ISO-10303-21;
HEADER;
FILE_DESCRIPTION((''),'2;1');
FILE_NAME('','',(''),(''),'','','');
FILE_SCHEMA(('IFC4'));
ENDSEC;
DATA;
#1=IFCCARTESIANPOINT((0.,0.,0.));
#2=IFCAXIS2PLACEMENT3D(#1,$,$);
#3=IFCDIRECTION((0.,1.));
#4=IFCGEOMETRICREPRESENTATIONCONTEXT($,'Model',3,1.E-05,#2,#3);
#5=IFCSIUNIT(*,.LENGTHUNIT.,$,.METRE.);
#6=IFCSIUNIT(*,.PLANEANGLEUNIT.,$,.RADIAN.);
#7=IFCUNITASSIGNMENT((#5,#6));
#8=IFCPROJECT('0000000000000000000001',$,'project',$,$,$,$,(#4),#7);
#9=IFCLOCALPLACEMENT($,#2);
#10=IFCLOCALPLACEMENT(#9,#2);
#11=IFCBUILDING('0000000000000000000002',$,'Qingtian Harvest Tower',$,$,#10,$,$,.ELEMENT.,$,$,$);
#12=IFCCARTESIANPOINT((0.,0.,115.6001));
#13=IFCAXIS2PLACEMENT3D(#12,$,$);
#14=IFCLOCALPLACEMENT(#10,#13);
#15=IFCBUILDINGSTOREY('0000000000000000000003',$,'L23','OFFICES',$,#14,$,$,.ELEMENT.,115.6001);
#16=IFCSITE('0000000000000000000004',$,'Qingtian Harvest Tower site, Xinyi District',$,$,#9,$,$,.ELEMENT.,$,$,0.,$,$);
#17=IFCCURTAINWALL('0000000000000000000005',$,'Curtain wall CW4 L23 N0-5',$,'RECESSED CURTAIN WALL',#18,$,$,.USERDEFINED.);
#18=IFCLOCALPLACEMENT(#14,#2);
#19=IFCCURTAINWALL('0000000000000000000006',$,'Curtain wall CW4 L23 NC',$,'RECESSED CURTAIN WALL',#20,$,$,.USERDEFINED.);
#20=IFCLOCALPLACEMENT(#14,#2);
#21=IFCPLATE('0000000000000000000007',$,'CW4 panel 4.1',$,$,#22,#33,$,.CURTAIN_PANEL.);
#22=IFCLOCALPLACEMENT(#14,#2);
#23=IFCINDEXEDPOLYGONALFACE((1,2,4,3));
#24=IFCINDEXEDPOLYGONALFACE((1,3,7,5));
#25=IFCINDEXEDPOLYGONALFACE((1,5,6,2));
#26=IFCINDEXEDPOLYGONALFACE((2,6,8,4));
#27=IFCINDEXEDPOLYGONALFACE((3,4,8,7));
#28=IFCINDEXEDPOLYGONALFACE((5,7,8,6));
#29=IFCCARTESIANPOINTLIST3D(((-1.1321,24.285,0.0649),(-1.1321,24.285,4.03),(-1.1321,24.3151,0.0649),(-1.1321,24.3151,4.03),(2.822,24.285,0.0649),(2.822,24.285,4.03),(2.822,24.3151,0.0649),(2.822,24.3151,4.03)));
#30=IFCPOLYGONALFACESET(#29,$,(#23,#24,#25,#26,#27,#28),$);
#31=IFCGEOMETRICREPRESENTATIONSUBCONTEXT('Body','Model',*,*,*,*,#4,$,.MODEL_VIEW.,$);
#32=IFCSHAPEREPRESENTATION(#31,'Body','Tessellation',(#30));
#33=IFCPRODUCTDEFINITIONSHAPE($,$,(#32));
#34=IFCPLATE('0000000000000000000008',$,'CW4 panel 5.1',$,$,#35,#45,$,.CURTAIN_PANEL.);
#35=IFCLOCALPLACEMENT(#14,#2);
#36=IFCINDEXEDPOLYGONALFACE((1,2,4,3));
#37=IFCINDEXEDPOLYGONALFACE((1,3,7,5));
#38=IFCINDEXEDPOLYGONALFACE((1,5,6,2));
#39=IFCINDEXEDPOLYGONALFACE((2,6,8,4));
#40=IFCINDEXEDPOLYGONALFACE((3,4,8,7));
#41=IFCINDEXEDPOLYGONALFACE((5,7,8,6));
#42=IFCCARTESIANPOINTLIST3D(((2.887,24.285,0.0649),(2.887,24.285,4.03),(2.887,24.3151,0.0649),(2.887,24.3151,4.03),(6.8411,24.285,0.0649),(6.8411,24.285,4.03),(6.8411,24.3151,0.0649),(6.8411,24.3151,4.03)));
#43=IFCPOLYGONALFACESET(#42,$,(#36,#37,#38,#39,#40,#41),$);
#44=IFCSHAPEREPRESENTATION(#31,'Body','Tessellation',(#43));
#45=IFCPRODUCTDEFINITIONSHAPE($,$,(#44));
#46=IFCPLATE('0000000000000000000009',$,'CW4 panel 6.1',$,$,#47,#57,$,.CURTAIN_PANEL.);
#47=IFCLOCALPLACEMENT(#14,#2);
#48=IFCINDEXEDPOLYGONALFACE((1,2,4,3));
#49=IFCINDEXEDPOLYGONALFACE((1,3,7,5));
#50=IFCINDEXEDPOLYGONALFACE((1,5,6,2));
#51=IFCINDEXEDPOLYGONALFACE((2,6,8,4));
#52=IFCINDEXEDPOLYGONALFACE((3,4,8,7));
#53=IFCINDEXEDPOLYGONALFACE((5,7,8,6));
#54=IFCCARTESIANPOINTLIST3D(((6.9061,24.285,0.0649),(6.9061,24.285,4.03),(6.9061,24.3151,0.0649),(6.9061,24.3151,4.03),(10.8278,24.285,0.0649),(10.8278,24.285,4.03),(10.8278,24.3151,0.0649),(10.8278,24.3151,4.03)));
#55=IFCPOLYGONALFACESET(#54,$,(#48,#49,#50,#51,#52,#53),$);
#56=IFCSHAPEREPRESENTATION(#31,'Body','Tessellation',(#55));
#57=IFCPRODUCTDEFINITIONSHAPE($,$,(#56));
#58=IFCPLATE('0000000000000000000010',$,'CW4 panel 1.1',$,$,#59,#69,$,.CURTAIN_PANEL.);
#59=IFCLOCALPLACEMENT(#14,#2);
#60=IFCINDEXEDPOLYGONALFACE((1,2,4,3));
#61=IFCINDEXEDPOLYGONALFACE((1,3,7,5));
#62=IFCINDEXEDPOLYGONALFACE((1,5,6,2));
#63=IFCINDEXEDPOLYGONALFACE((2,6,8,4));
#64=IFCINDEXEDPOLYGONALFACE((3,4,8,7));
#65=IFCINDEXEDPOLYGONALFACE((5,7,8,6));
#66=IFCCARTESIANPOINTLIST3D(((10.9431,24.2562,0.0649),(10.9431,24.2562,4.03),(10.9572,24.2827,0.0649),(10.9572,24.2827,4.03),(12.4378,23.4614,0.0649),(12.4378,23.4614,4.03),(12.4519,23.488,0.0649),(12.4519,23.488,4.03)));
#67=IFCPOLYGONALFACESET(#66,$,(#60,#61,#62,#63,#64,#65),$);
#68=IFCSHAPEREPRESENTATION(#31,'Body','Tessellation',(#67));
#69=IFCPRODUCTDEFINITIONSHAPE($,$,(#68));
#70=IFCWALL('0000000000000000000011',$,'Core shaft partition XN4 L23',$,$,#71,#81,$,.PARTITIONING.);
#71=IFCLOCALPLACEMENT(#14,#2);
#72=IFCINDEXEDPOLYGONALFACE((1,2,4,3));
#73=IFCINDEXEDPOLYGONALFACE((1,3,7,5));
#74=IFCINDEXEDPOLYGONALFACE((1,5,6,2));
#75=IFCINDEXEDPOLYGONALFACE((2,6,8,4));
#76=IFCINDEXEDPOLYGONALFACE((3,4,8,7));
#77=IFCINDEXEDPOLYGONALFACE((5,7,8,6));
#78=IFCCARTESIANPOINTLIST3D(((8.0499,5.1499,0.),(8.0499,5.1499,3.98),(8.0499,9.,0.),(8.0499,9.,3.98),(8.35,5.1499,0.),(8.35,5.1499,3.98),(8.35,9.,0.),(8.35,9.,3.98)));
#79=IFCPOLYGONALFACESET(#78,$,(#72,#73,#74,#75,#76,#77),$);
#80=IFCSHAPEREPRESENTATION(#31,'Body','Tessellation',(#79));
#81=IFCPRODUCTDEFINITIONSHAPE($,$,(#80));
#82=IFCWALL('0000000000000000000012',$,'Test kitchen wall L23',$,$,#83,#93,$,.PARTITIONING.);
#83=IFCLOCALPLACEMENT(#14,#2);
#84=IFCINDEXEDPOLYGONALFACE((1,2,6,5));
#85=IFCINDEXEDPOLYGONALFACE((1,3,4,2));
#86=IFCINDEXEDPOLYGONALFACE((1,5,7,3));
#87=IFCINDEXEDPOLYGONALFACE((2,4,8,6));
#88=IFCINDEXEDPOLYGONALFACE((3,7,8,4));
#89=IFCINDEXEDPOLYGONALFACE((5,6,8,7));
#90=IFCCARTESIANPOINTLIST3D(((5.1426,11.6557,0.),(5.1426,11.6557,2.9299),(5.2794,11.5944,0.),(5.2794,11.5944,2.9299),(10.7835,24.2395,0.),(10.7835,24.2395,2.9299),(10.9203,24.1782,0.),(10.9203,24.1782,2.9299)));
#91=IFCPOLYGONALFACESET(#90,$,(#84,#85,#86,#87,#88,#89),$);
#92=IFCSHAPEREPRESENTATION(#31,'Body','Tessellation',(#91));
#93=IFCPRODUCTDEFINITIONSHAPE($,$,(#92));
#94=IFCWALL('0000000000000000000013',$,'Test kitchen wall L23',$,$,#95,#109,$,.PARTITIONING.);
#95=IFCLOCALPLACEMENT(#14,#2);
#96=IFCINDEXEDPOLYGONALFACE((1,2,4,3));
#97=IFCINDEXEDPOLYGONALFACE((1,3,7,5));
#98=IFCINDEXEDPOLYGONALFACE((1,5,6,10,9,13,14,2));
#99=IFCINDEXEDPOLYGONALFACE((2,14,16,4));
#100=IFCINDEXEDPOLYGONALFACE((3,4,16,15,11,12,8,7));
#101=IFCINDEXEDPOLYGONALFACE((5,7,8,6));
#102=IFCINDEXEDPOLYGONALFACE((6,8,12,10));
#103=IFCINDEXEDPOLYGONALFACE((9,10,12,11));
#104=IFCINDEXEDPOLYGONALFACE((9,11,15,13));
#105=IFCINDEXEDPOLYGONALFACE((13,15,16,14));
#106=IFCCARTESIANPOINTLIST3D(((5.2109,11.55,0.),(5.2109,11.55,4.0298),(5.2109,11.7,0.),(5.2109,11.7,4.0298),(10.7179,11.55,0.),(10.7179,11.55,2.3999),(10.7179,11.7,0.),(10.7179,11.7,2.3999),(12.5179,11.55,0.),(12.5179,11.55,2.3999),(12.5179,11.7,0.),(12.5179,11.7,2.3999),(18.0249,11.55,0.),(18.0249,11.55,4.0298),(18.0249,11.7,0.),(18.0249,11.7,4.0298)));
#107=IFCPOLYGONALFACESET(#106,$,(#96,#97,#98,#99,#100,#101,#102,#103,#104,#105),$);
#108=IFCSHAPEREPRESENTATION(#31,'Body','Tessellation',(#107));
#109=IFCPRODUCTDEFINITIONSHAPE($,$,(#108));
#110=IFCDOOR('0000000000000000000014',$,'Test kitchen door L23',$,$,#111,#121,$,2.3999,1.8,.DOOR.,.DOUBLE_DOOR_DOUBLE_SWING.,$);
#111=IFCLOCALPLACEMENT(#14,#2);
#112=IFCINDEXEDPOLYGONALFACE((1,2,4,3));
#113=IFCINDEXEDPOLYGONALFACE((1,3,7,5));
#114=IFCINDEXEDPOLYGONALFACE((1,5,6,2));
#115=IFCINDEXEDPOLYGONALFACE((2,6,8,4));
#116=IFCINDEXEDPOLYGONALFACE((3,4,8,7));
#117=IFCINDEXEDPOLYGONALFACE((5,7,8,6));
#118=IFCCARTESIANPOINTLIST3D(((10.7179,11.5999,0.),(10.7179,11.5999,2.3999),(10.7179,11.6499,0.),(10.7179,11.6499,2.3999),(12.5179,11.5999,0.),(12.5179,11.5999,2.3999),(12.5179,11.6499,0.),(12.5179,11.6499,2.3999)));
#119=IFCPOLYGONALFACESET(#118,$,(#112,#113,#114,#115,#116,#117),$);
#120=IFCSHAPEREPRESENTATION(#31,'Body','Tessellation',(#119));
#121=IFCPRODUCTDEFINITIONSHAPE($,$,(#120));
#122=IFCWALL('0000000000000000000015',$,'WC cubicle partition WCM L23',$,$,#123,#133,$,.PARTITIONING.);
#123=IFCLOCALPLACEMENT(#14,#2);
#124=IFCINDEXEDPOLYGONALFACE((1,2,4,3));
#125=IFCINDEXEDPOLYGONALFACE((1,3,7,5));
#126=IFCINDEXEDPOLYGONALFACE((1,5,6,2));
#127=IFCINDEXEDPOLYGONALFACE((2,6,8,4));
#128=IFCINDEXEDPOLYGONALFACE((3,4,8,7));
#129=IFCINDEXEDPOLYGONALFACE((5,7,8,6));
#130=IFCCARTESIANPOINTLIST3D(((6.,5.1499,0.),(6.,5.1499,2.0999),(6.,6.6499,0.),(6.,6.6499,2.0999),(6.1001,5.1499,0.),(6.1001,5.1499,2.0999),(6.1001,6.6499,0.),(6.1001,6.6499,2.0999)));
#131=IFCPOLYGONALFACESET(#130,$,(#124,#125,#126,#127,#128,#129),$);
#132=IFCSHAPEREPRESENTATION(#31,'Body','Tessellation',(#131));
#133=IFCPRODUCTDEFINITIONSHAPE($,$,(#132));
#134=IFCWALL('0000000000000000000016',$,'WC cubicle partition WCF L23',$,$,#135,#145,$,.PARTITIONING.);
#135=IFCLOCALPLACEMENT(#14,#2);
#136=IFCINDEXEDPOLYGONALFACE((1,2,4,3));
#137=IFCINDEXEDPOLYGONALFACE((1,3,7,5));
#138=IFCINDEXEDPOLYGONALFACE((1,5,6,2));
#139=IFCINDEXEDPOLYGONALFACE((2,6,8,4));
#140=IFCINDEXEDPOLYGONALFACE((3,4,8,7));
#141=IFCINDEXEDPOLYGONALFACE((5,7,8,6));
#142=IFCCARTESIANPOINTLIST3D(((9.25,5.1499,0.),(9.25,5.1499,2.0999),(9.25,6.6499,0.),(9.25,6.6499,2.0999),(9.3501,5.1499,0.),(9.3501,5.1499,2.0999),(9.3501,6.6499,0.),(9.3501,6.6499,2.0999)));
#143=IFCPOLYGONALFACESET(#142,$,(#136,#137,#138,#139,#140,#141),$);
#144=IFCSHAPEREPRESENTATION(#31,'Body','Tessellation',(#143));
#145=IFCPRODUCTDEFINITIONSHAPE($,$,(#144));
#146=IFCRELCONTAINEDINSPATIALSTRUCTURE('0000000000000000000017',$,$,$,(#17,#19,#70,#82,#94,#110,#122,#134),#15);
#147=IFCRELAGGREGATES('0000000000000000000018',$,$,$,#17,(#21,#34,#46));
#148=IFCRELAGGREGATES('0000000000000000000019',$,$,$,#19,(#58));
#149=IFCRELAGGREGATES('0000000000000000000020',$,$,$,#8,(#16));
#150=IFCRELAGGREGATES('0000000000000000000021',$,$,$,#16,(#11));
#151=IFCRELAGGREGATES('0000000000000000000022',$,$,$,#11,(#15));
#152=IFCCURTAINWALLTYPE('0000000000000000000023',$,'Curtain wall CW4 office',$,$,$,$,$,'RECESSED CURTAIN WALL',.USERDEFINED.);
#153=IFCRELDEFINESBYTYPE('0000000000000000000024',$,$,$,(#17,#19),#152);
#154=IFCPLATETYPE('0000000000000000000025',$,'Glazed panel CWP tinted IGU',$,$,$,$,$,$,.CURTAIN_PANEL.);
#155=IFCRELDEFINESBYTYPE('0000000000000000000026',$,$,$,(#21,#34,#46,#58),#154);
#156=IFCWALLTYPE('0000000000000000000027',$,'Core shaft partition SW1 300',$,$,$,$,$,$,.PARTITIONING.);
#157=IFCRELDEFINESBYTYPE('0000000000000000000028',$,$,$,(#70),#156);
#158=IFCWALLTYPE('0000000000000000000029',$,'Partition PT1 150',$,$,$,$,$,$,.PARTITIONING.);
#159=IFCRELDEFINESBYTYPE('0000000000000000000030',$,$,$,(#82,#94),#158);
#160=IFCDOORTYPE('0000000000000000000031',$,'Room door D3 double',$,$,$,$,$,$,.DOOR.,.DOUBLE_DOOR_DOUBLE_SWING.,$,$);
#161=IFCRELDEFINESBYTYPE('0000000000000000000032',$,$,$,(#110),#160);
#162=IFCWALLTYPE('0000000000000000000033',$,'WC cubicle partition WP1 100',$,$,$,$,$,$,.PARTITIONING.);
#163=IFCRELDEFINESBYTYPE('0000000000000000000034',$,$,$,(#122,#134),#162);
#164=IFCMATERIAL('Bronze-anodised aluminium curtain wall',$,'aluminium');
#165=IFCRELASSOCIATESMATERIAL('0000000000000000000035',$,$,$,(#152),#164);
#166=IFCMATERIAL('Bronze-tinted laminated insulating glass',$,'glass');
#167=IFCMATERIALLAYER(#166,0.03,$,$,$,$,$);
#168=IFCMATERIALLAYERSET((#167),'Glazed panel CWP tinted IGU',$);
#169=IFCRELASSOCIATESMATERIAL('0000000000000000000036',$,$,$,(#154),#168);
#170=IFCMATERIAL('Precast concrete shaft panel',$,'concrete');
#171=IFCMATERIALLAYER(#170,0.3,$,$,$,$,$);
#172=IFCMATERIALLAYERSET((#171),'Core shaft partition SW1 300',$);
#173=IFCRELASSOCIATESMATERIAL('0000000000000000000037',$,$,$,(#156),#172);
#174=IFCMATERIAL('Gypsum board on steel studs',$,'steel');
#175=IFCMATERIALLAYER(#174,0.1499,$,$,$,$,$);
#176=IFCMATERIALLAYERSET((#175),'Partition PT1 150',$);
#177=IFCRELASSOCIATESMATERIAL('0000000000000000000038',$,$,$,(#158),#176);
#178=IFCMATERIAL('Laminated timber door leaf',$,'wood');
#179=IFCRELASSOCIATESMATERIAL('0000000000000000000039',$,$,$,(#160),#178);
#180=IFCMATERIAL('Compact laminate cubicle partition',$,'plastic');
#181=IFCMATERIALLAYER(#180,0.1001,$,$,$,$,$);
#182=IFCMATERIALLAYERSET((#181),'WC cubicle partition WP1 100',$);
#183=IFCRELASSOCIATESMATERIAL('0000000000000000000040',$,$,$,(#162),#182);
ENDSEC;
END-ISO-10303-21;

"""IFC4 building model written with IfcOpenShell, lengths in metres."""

from ifc_helpers import new_model, si_unit, direction, frame, frame_2d, origin, origin_2d, place, context, subcontext, project, spatial, rectangle, extrude, material, layer, layer_set, type_object, element, fill, aggregate, save


model = new_model("IFC4")

# Units and contexts
model_context = context("Model", 3, precision=1e-05, world=origin(), true_north=direction((0.0, 1.0)))
body_context = subcontext(model_context, "Body", "Model", "MODEL_VIEW")
ifc_project = project(units=[si_unit("LENGTHUNIT", "METRE"), si_unit("PLANEANGLEUNIT", "RADIAN")], contexts=[model_context])

# Site, building, storey
site_placement = place(None, origin())
site = spatial("IfcSite", under=ifc_project, at=site_placement, Name="Qingtian Harvest Tower site, Xinyi District", CompositionType="ELEMENT", RefElevation=0.0)
building_placement = place(site_placement, origin())
building = spatial("IfcBuilding", under=site, at=building_placement, Name="Qingtian Harvest Tower", CompositionType="ELEMENT")
storey_placement = place(building_placement, frame((0.0, 0.0, 115.6001)))
storey = spatial("IfcBuildingStorey", under=building, at=storey_placement, Name="L23", Description="OFFICES", CompositionType="ELEMENT", Elevation=115.6001)

# Curtain walls
ifc_material_1 = material(Name="Bronze-anodised aluminium curtain wall", Category="aluminium")
curtain_wall_type = type_object("IfcCurtainWallType", Name="Curtain wall CW4 office", ElementType="RECESSED CURTAIN WALL", PredefinedType="USERDEFINED", material=ifc_material_1)
curtain_wall_1_placement = place(storey_placement, origin())
curtain_wall_1 = element("IfcCurtainWall", 1, at=curtain_wall_1_placement, inside=storey, type_object=curtain_wall_type, Name="Curtain wall CW4 L23 N0-5", ObjectType="RECESSED CURTAIN WALL", PredefinedType="USERDEFINED")
curtain_wall_2_placement = place(storey_placement, origin())
curtain_wall_2 = element("IfcCurtainWall", 2, at=curtain_wall_2_placement, inside=storey, type_object=curtain_wall_type, Name="Curtain wall CW4 L23 NC", ObjectType="RECESSED CURTAIN WALL", PredefinedType="USERDEFINED")

# Plates
ifc_material_2 = material(Name="Bronze-tinted laminated insulating glass", Category="glass")
ifc_layer_1 = layer(ifc_material_2, 0.03)
ifc_layer_set_1 = layer_set([ifc_layer_1], Name="Glazed panel CWP tinted IGU")
plate_type = type_object("IfcPlateType", Name="Glazed panel CWP tinted IGU", PredefinedType="CURTAIN_PANEL", material=ifc_layer_set_1)
plate_1_placement = place(storey_placement, frame((0.845, 24.3, 0.0649), z_axis=(0.0, 0.0, 1.0), x_axis=(1.0, 0.0, 0.0)))
plate_1 = element("IfcPlate", 3, at=plate_1_placement, type_object=plate_type, Name="CW4 panel 4.1", PredefinedType="CURTAIN_PANEL", context=body_context, shape_type="SweptSolid", body=[
    extrude(rectangle(XDim=3.9541, YDim=0.03, at=origin_2d()), origin(), (0.0, 0.0, 1.0), 3.9651),
])
plate_2_placement = place(storey_placement, frame((4.864, 24.3, 0.0649), z_axis=(0.0, 0.0, 1.0), x_axis=(1.0, 0.0, 0.0)))
plate_2 = element("IfcPlate", 4, at=plate_2_placement, type_object=plate_type, Name="CW4 panel 5.1", PredefinedType="CURTAIN_PANEL", context=body_context, shape_type="SweptSolid", body=[
    extrude(rectangle(XDim=3.9541, YDim=0.03, at=origin_2d()), origin(), (0.0, 0.0, 1.0), 3.9651),
])
plate_3_placement = place(storey_placement, frame((8.8669, 24.3, 0.0649), z_axis=(0.0, 0.0, 1.0), x_axis=(1.0, 0.0, 0.0)))
plate_3 = element("IfcPlate", 5, at=plate_3_placement, type_object=plate_type, Name="CW4 panel 6.1", PredefinedType="CURTAIN_PANEL", context=body_context, shape_type="SweptSolid", body=[
    extrude(rectangle(XDim=3.9216, YDim=0.03, at=origin_2d()), origin(), (0.0, 0.0, 1.0), 3.9651),
])
aggregate(curtain_wall_1, [plate_1, plate_2, plate_3])
plate_4_placement = place(storey_placement, frame((11.6975, 23.8721, 0.0649), z_axis=(0.0, 0.0, 1.0), x_axis=(0.882948, -0.469472, 0.0)))
plate_4 = element("IfcPlate", 6, at=plate_4_placement, type_object=plate_type, Name="CW4 panel 1.1", PredefinedType="CURTAIN_PANEL", context=body_context, shape_type="SweptSolid", body=[
    extrude(rectangle(XDim=1.6929, YDim=0.03, at=origin_2d()), origin(), (0.0, 0.0, 1.0), 3.9651),
])
aggregate(curtain_wall_2, [plate_4])

# Walls
ifc_material_3 = material(Name="Precast concrete shaft panel", Category="concrete")
ifc_layer_2 = layer(ifc_material_3, 0.3)
ifc_layer_set_2 = layer_set([ifc_layer_2], Name="Core shaft partition SW1 300")
wall_type_1 = type_object("IfcWallType", Name="Core shaft partition SW1 300", PredefinedType="PARTITIONING", material=ifc_layer_set_2)
wall_1_placement = place(storey_placement, frame((8.2, 5.1499, 0.0), z_axis=(0.0, 0.0, 1.0), x_axis=(0.0, 1.0, 0.0)))
element("IfcWall", 7, at=wall_1_placement, inside=storey, type_object=wall_type_1, Name="Core shaft partition XN4 L23", PredefinedType="PARTITIONING", context=body_context, shape_type="SweptSolid", body=[
    extrude(rectangle(XDim=3.8501, YDim=0.3, at=frame_2d((1.925, 0.0))), origin(), (0.0, 0.0, 1.0), 3.98),
])
ifc_material_4 = material(Name="Gypsum board on steel studs", Category="steel")
ifc_layer_3 = layer(ifc_material_4, 0.1499)
ifc_layer_set_3 = layer_set([ifc_layer_3], Name="Partition PT1 150")
wall_type_2 = type_object("IfcWallType", Name="Partition PT1 150", PredefinedType="PARTITIONING", material=ifc_layer_set_3)
wall_2_placement = place(storey_placement, frame((10.8518, 24.2087, 0.0), z_axis=(0.0, 0.0, 1.0), x_axis=(-0.409049, -0.912513, 0.0)))
element("IfcWall", 8, at=wall_2_placement, inside=storey, type_object=wall_type_2, Name="Test kitchen wall L23", PredefinedType="PARTITIONING", context=body_context, shape_type="SweptSolid", body=[
    extrude(rectangle(XDim=13.7903, YDim=0.1499, at=frame_2d((6.895, 0.0))), origin(), (0.0, 0.0, 1.0), 2.9299),
])

# Wall, opening, door
wall_3_placement = place(storey_placement, frame((5.2109, 11.625, 0.0), z_axis=(0.0, 0.0, 1.0), x_axis=(1.0, 0.0, 0.0)))
wall_3 = element("IfcWall", 9, at=wall_3_placement, inside=storey, type_object=wall_type_2, Name="Test kitchen wall L23", PredefinedType="PARTITIONING", context=body_context, shape_type="SweptSolid", body=[
    extrude(rectangle(XDim=12.814, YDim=0.1499, at=frame_2d((6.407, 0.0))), origin(), (0.0, 0.0, 1.0), 4.0298),
])
opening_placement = place(wall_3_placement, frame((5.5071, 0.0, 0.0)))
opening = element("IfcOpeningElement", 10, at=opening_placement, cuts=wall_3, PredefinedType="OPENING", context=body_context, shape_type="SweptSolid", body=[
    extrude(rectangle(XDim=1.8, YDim=2.3999, at=frame_2d((0.8999, 1.2))), frame((0.0, 0.085, 0.0), z_axis=(0.0, -1.0, 0.0), x_axis=(1.0, 0.0, 0.0)), (0.0, 0.0, 1.0), 0.1699),
])
ifc_material_5 = material(Name="Laminated timber door leaf", Category="wood")
door_type = type_object("IfcDoorType", Name="Room door D3 double", OperationType="DOUBLE_DOOR_DOUBLE_SWING", PredefinedType="DOOR", material=ifc_material_5)
door_placement = place(opening_placement, origin())
door = element("IfcDoor", 11, at=door_placement, inside=storey, type_object=door_type, Name="Test kitchen door L23", OperationType="DOUBLE_DOOR_DOUBLE_SWING", OverallHeight=2.3999, OverallWidth=1.8, PredefinedType="DOOR", context=body_context, shape_type="SweptSolid", body=[
    extrude(rectangle(XDim=1.8, YDim=2.3999, at=frame_2d((0.8999, 1.2))), frame((0.0, 0.0249, 0.0), z_axis=(0.0, -1.0, 0.0), x_axis=(1.0, 0.0, 0.0)), (0.0, 0.0, 1.0), 0.05),
])
fill(opening, door)

# Walls
ifc_material_6 = material(Name="Compact laminate cubicle partition", Category="plastic")
ifc_layer_4 = layer(ifc_material_6, 0.1001)
ifc_layer_set_4 = layer_set([ifc_layer_4], Name="WC cubicle partition WP1 100")
wall_type_3 = type_object("IfcWallType", Name="WC cubicle partition WP1 100", PredefinedType="PARTITIONING", material=ifc_layer_set_4)
for number, where, z_axis, x_axis, name in (
    (12, (6.05, 5.1499, 0.0), (0.0, 0.0, 1.0), (0.0, 1.0, 0.0), "WC cubicle partition WCM L23"),
    (13, (9.3, 5.1499, 0.0), (0.0, 0.0, 1.0), (0.0, 1.0, 0.0), "WC cubicle partition WCF L23"),
):
    element("IfcWall", number, at=place(storey_placement, frame(where, z_axis=z_axis, x_axis=x_axis)), inside=storey, type_object=wall_type_3, Name=name, PredefinedType="PARTITIONING", context=body_context, shape_type="SweptSolid", body=[
        extrude(rectangle(XDim=1.5, YDim=0.1001, at=frame_2d((0.75, 0.0))), origin(), (0.0, 0.0, 1.0), 2.0999),
    ])

save(model, "model.ifc")
